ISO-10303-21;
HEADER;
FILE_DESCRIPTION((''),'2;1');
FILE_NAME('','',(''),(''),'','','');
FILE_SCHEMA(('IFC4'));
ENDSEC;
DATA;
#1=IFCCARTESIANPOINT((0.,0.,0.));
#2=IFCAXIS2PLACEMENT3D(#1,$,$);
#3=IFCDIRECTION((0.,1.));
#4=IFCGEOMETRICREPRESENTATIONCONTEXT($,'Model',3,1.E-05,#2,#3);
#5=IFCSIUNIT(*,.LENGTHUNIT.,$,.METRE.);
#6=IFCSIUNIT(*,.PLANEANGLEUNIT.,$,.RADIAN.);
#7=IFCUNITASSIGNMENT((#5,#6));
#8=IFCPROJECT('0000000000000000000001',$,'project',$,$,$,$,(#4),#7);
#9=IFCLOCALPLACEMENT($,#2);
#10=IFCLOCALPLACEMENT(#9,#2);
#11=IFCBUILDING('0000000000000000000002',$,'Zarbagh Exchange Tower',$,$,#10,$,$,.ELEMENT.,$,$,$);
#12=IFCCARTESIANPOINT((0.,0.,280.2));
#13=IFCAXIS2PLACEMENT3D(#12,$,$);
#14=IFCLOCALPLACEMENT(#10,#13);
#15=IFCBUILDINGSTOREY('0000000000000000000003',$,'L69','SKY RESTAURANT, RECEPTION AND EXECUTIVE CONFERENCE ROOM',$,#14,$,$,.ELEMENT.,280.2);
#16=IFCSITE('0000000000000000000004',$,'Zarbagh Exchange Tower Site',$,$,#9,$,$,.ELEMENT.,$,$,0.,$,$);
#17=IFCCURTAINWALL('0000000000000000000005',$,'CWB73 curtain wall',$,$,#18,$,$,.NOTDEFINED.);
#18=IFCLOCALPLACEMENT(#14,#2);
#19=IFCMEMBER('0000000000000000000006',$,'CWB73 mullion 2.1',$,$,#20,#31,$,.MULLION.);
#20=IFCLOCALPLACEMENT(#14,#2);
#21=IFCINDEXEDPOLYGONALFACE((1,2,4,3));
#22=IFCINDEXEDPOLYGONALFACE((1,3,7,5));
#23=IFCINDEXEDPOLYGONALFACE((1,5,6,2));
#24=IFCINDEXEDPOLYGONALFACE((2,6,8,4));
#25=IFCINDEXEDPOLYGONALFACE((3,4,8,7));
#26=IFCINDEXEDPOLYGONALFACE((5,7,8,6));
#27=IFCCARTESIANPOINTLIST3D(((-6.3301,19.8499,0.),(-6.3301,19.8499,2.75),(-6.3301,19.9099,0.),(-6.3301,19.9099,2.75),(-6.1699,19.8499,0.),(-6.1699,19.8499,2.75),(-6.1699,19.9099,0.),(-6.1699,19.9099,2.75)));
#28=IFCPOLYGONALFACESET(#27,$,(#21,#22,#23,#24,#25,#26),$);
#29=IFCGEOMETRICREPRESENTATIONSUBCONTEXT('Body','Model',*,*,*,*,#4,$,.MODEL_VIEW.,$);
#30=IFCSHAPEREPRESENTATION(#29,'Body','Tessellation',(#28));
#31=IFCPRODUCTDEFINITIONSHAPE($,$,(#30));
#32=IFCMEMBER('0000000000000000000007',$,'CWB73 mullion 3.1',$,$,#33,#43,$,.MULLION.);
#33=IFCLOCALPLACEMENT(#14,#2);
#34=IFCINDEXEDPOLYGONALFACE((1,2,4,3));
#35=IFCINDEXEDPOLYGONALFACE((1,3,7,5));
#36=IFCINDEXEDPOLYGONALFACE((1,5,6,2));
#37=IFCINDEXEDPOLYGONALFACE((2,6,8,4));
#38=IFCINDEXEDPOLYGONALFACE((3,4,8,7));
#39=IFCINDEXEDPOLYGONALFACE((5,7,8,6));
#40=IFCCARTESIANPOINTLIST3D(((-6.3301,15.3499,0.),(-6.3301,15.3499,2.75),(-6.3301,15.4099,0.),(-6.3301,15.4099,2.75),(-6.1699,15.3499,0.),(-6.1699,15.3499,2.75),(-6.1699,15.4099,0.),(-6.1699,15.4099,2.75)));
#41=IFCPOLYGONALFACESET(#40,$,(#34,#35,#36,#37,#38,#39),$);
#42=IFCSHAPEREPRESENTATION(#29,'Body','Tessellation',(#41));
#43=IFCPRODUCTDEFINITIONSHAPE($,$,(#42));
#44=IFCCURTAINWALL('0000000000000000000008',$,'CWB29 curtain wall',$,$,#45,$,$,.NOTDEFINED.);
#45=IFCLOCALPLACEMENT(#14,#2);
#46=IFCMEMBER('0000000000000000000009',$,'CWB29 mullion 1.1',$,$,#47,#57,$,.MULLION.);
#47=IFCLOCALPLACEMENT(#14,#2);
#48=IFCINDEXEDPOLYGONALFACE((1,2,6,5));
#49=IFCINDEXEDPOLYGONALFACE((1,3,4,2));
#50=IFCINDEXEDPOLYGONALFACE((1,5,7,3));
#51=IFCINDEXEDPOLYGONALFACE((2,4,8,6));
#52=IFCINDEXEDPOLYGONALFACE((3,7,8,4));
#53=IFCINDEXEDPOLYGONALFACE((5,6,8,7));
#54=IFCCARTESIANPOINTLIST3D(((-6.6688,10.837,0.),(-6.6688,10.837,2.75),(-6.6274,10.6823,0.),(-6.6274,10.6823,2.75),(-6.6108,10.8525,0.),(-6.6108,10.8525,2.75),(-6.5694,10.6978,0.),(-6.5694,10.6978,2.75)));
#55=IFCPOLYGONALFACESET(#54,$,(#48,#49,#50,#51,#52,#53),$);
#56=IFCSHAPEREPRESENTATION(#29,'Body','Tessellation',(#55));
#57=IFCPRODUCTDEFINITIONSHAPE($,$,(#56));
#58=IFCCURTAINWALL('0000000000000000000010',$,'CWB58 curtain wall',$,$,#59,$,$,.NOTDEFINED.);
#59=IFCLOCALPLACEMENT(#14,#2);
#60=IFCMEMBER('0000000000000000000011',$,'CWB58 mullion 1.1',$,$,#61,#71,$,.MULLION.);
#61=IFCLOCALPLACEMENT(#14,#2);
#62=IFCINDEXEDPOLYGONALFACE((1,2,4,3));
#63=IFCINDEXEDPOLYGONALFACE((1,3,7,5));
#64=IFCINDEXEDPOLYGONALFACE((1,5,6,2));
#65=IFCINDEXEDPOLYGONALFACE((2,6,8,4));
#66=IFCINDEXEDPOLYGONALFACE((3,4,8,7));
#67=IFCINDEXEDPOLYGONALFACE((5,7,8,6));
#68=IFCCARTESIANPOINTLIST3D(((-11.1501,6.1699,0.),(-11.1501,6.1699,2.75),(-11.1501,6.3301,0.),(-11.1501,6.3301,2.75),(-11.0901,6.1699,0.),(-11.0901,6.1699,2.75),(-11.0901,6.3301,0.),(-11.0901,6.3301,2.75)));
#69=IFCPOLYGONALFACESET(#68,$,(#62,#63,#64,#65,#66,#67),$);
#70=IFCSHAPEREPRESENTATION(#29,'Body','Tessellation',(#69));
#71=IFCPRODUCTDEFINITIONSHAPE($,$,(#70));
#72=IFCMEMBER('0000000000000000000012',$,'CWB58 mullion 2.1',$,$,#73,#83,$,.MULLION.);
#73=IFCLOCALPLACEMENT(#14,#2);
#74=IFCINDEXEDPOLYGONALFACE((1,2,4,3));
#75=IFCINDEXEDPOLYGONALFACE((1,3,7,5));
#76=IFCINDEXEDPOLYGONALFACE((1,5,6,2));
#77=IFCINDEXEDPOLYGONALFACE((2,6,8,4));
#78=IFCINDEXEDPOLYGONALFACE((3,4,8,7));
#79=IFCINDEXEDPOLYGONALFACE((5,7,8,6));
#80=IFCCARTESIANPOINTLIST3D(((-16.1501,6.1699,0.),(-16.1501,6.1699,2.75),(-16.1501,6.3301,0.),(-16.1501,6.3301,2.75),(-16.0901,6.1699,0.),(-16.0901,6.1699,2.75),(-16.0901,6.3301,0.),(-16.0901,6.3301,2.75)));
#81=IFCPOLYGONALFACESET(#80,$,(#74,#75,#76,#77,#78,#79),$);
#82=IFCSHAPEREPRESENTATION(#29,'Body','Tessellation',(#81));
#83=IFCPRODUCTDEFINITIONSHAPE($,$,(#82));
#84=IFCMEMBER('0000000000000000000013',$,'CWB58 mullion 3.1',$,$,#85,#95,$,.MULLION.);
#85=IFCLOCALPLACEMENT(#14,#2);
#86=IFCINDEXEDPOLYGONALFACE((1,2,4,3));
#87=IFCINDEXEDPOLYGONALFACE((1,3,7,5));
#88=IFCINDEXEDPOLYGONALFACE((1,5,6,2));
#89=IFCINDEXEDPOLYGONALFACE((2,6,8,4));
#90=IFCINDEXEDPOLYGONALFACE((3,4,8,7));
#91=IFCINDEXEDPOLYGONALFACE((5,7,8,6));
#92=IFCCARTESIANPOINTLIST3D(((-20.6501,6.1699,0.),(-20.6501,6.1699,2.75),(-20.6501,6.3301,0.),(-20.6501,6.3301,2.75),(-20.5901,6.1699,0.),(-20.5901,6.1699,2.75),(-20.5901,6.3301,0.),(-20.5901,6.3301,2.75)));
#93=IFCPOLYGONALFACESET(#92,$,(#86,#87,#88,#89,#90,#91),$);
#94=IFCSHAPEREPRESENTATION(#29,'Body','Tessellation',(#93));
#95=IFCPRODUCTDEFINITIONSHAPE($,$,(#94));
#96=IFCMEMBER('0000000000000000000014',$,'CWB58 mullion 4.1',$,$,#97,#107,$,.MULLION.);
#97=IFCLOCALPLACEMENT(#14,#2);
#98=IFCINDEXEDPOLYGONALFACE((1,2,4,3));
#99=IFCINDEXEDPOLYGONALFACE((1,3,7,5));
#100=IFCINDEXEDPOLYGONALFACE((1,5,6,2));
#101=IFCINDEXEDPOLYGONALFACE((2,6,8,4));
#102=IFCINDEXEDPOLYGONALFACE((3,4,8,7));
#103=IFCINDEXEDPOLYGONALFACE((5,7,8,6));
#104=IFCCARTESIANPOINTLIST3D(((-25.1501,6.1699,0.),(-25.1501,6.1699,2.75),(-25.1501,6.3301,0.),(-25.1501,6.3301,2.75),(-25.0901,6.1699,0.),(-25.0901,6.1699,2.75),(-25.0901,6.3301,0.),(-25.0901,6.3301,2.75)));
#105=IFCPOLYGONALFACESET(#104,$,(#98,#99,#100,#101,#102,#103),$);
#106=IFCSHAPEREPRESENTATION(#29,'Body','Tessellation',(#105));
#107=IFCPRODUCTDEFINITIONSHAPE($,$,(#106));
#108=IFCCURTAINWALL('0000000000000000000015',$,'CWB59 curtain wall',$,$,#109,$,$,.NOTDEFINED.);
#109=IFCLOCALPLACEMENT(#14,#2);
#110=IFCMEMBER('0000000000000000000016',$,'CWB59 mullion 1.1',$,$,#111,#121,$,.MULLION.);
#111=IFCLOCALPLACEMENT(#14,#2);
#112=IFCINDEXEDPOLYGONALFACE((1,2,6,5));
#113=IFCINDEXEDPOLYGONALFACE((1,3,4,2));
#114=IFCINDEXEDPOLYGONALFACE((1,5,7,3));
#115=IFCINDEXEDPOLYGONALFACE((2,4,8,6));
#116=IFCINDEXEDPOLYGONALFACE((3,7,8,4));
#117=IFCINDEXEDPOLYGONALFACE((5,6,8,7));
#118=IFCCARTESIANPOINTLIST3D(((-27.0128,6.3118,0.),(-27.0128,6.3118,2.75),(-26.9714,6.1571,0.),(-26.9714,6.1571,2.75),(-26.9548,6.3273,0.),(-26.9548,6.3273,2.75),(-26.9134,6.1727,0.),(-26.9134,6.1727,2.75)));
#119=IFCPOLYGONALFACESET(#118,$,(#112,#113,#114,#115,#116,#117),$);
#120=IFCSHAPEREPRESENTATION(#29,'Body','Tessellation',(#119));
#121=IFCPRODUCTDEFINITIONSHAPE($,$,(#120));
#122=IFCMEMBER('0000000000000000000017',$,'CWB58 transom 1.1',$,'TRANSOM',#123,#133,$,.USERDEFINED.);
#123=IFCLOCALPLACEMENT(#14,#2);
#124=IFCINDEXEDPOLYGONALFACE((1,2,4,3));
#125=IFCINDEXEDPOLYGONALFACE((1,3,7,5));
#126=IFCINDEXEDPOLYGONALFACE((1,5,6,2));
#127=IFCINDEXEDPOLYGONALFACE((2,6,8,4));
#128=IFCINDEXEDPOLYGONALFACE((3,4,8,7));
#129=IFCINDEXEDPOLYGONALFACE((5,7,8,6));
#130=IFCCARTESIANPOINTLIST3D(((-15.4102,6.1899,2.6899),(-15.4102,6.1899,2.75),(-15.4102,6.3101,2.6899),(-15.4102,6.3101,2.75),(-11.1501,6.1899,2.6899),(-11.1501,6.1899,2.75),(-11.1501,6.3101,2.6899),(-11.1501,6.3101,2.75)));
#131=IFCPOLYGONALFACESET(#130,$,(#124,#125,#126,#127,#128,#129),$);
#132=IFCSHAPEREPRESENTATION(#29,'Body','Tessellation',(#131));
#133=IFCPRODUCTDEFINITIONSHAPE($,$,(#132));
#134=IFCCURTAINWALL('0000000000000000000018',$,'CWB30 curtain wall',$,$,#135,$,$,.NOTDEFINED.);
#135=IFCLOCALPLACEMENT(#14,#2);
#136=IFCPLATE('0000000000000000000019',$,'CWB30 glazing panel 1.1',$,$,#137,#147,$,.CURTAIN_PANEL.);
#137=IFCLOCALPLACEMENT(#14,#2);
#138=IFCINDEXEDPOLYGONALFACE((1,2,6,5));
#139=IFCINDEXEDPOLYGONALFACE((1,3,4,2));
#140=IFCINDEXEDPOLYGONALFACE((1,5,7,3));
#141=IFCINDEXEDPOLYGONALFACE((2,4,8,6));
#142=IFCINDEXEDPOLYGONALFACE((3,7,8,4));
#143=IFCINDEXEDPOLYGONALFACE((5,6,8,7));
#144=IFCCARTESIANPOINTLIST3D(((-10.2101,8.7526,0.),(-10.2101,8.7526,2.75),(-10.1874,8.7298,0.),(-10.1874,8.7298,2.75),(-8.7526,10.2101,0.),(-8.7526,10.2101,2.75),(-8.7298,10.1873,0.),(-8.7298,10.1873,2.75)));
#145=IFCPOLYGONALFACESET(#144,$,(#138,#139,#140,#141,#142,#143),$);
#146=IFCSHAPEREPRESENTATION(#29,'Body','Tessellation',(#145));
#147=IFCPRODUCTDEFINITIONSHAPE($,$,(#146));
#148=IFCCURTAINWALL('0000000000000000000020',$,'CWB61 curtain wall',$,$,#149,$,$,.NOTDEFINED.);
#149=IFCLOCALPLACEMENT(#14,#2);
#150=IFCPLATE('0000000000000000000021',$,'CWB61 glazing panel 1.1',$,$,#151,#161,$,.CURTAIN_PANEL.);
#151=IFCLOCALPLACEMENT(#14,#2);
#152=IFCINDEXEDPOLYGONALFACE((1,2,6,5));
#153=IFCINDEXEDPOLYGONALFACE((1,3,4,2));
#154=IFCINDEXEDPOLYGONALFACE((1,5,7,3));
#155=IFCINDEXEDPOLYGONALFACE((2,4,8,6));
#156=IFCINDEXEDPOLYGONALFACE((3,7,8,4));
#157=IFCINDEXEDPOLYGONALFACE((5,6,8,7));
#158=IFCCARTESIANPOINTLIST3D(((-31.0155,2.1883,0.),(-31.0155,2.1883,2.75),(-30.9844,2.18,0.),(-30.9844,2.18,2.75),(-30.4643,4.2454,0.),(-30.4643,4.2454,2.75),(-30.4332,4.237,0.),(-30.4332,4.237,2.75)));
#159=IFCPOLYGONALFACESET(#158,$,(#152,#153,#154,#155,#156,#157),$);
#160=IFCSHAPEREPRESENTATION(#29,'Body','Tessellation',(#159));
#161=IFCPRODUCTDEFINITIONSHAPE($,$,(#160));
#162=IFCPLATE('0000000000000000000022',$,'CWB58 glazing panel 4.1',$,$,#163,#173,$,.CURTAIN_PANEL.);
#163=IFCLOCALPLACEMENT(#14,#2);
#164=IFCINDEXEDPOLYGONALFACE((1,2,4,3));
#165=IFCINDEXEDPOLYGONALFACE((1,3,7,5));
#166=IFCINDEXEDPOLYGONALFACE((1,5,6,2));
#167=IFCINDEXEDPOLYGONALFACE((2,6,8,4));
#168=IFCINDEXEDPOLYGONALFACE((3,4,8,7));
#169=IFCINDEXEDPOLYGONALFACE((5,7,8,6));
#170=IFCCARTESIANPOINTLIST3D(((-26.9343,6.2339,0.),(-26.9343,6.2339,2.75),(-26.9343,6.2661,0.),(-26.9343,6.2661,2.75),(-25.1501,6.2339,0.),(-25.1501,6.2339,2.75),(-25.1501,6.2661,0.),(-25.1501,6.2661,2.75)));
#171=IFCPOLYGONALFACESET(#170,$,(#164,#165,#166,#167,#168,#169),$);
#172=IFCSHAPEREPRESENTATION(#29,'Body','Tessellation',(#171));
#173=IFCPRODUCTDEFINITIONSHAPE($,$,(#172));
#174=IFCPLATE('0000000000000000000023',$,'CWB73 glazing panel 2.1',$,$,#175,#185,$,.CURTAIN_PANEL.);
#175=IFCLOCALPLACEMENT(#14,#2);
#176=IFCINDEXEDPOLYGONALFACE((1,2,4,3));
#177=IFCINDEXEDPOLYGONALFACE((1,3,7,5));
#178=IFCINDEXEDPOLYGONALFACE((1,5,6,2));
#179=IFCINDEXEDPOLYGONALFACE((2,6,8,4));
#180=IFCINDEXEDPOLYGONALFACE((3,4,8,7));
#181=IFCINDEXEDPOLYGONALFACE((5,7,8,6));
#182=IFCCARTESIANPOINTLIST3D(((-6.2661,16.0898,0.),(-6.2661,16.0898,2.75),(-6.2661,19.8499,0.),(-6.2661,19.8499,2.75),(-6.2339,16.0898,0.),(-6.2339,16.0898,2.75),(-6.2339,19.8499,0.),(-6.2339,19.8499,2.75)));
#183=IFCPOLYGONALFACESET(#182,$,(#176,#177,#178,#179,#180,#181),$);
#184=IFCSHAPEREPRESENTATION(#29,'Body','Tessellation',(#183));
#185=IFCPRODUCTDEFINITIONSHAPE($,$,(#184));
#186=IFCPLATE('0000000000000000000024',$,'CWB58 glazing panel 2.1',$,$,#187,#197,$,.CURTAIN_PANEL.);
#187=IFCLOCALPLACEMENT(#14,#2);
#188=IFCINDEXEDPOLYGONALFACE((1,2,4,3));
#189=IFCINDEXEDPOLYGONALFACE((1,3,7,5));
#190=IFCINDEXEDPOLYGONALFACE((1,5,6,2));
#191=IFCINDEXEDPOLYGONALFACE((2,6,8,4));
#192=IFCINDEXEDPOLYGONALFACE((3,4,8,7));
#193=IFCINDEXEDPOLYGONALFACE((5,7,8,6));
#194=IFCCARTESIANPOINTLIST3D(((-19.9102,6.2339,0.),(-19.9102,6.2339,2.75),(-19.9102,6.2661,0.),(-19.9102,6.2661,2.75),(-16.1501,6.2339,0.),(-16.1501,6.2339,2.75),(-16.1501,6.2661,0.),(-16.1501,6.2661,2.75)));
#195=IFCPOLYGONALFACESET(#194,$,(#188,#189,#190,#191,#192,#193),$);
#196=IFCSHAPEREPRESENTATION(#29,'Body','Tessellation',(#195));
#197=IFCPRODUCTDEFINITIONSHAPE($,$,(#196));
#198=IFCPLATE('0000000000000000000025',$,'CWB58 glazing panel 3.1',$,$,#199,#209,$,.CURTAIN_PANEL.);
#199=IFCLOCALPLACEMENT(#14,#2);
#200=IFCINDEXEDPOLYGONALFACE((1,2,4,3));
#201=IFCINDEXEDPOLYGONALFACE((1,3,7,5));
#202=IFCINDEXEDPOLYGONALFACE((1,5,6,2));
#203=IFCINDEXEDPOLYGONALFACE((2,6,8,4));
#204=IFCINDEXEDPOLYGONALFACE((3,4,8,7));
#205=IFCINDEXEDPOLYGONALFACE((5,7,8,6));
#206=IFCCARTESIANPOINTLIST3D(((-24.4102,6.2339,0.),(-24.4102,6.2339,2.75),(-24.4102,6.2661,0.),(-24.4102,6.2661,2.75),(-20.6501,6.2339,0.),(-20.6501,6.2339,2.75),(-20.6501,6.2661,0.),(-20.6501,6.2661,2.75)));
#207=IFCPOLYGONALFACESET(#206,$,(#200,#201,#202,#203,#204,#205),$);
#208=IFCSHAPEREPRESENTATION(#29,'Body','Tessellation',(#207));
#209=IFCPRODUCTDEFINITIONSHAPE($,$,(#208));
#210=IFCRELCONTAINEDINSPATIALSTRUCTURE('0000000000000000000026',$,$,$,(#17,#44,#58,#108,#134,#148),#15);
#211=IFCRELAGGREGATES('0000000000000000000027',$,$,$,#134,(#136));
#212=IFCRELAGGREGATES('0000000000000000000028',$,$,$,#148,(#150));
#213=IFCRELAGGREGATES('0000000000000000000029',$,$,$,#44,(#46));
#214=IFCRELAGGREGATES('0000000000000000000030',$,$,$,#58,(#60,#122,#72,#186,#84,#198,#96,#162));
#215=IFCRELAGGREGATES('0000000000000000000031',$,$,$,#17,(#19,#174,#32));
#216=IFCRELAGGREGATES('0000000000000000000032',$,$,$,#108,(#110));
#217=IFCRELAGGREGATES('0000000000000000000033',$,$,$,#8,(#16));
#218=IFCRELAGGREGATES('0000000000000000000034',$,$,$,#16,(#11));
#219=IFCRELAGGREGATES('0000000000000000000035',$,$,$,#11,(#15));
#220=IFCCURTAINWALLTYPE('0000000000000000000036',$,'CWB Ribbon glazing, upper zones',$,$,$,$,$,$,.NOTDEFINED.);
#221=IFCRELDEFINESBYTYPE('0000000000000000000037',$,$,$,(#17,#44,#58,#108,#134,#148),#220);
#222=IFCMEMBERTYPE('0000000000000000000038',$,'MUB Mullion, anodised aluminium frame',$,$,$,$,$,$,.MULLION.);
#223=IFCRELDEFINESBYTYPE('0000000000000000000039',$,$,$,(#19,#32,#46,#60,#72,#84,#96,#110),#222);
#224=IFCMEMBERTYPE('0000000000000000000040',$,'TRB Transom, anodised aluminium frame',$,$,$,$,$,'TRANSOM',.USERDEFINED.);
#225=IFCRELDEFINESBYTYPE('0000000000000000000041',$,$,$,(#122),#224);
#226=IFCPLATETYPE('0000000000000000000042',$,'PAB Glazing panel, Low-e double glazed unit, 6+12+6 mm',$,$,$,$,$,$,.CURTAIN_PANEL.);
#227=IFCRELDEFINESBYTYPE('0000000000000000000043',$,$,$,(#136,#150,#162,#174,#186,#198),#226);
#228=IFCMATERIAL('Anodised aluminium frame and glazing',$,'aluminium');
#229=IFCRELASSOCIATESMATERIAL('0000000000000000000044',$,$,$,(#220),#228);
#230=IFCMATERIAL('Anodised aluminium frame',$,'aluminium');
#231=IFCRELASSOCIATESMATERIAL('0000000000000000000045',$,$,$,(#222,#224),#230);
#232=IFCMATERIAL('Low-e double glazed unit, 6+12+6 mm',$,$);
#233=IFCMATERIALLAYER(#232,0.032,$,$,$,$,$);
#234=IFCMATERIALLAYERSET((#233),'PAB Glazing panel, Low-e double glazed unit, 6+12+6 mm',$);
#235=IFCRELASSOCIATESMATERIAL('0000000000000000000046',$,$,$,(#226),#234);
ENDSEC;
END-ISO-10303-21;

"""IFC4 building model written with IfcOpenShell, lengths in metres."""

from ifc_helpers import new_model, si_unit, direction, frame, origin, place, context, subcontext, project, spatial, polyline, outline, extrude, source, transform, mapped, material, layer, layer_set, type_object, element, aggregate, save


model = new_model("IFC4")

# Units and contexts
model_context = context("Model", 3, precision=1e-05, world=origin(), true_north=direction((0.0, 1.0)))
body_context = subcontext(model_context, "Body", "Model", "MODEL_VIEW")
ifc_project = project(units=[si_unit("LENGTHUNIT", "METRE"), si_unit("PLANEANGLEUNIT", "RADIAN")], contexts=[model_context])

# Site, building, storey
site_placement = place(None, origin())
site = spatial("IfcSite", under=ifc_project, at=site_placement, Name="Zarbagh Exchange Tower Site", CompositionType="ELEMENT", RefElevation=0.0)
building_placement = place(site_placement, origin())
building = spatial("IfcBuilding", under=site, at=building_placement, Name="Zarbagh Exchange Tower", CompositionType="ELEMENT")
storey_placement = place(building_placement, frame((0.0, 0.0, 280.2)))
storey = spatial("IfcBuildingStorey", under=building, at=storey_placement, Name="L69", Description="SKY RESTAURANT, RECEPTION AND EXECUTIVE CONFERENCE ROOM", CompositionType="ELEMENT", Elevation=280.2)

# Curtain wall, members
ifc_material_1 = material(Name="Anodised aluminium frame and glazing", Category="aluminium")
curtain_wall_type = type_object("IfcCurtainWallType", Name="CWB Ribbon glazing, upper zones", PredefinedType="NOTDEFINED", material=ifc_material_1)
curtain_wall_1_placement = place(storey_placement, origin())
curtain_wall_1 = element("IfcCurtainWall", 1, at=curtain_wall_1_placement, inside=storey, type_object=curtain_wall_type, Name="CWB73 curtain wall", PredefinedType="NOTDEFINED")
ifc_material_2 = material(Name="Anodised aluminium frame", Category="aluminium")
member_type_1 = type_object("IfcMemberType", Name="MUB Mullion, anodised aluminium frame", PredefinedType="MULLION", material=ifc_material_2)
shared_shape_1 = source(origin(), body_context, "Body", "SweptSolid", [
    extrude(outline(polyline([(0.0, -0.0801), (0.0601, -0.0801), (0.0601, 0.0801), (0.0, 0.0801), (0.0, -0.0801)])), origin(), (0.0, 0.0, 1.0), 2.75),
])
placement = place(storey_placement, origin())
member_1 = element("IfcMember", 2, at=placement, type_object=member_type_1, Name="CWB73 mullion 2.1", PredefinedType="MULLION", context=body_context, shape_type="MappedRepresentation", body=[
    mapped(shared_shape_1, transform((-6.25, 19.9099, 0.0), x_axis=(0.0, -1.0, 0.0), y_axis=(1.0, 0.0, 0.0), z_axis=(0.0, 0.0, 1.0))),
])
member_2 = element("IfcMember", 3, at=placement, type_object=member_type_1, Name="CWB73 mullion 3.1", PredefinedType="MULLION", context=body_context, shape_type="MappedRepresentation", body=[
    mapped(shared_shape_1, transform((-6.25, 15.4099, 0.0), x_axis=(0.0, -1.0, 0.0), y_axis=(1.0, 0.0, 0.0), z_axis=(0.0, 0.0, 1.0))),
])

# Curtain wall, member
curtain_wall_2_placement = place(storey_placement, origin())
curtain_wall_2 = element("IfcCurtainWall", 4, at=curtain_wall_2_placement, inside=storey, type_object=curtain_wall_type, Name="CWB29 curtain wall", PredefinedType="NOTDEFINED")
member_3 = element("IfcMember", 5, at=placement, type_object=member_type_1, Name="CWB29 mullion 1.1", PredefinedType="MULLION", context=body_context, shape_type="MappedRepresentation", body=[
    mapped(shared_shape_1, transform((-6.5901, 10.7751, 0.0), x_axis=(-0.965924, -0.258825, 0.0), y_axis=(0.258825, -0.965924, 0.0), z_axis=(0.0, 0.0, 1.0))),
])

# Curtain wall, members
curtain_wall_3_placement = place(storey_placement, origin())
curtain_wall_3 = element("IfcCurtainWall", 6, at=curtain_wall_3_placement, inside=storey, type_object=curtain_wall_type, Name="CWB58 curtain wall", PredefinedType="NOTDEFINED")
member_4 = element("IfcMember", 7, at=placement, type_object=member_type_1, Name="CWB58 mullion 1.1", PredefinedType="MULLION", context=body_context, shape_type="MappedRepresentation", body=[
    mapped(shared_shape_1, transform((-11.0901, 6.25, 0.0), x_axis=(-1.0, 0.0, 0.0), y_axis=(0.0, -1.0, 0.0), z_axis=(0.0, 0.0, 1.0))),
])
member_5 = element("IfcMember", 8, at=placement, type_object=member_type_1, Name="CWB58 mullion 2.1", PredefinedType="MULLION", context=body_context, shape_type="MappedRepresentation", body=[
    mapped(shared_shape_1, transform((-16.0901, 6.25, 0.0), x_axis=(-1.0, 0.0, 0.0), y_axis=(0.0, -1.0, 0.0), z_axis=(0.0, 0.0, 1.0))),
])
member_6 = element("IfcMember", 9, at=placement, type_object=member_type_1, Name="CWB58 mullion 3.1", PredefinedType="MULLION", context=body_context, shape_type="MappedRepresentation", body=[
    mapped(shared_shape_1, transform((-20.5901, 6.25, 0.0), x_axis=(-1.0, 0.0, 0.0), y_axis=(0.0, -1.0, 0.0), z_axis=(0.0, 0.0, 1.0))),
])
member_7 = element("IfcMember", 10, at=placement, type_object=member_type_1, Name="CWB58 mullion 4.1", PredefinedType="MULLION", context=body_context, shape_type="MappedRepresentation", body=[
    mapped(shared_shape_1, transform((-25.0901, 6.25, 0.0), x_axis=(-1.0, 0.0, 0.0), y_axis=(0.0, -1.0, 0.0), z_axis=(0.0, 0.0, 1.0))),
])

# Curtain wall, member
curtain_wall_4_placement = place(storey_placement, origin())
curtain_wall_4 = element("IfcCurtainWall", 11, at=curtain_wall_4_placement, inside=storey, type_object=curtain_wall_type, Name="CWB59 curtain wall", PredefinedType="NOTDEFINED")
member_8 = element("IfcMember", 12, at=placement, type_object=member_type_1, Name="CWB59 mullion 1.1", PredefinedType="MULLION", context=body_context, shape_type="MappedRepresentation", body=[
    mapped(shared_shape_1, transform((-26.9341, 6.25, 0.0), x_axis=(-0.965924, -0.258825, 0.0), y_axis=(0.258825, -0.965924, 0.0), z_axis=(0.0, 0.0, 1.0))),
])

# Member
member_type_2 = type_object("IfcMemberType", Name="TRB Transom, anodised aluminium frame", ElementType="TRANSOM", PredefinedType="USERDEFINED", material=ifc_material_2)
shared_shape_2 = source(origin(), body_context, "Body", "SweptSolid", [
    extrude(outline(polyline([(-0.0601, -0.0601), (0.0, -0.0601), (0.0, 0.0601), (-0.0601, 0.0601), (-0.0601, -0.0601)])), origin(), (0.0, 0.0, 1.0), 4.26),
])
member_9 = element("IfcMember", 13, at=placement, type_object=member_type_2, Name="CWB58 transom 1.1", ObjectType="TRANSOM", PredefinedType="USERDEFINED", context=body_context, shape_type="MappedRepresentation", body=[
    mapped(shared_shape_2, transform((-11.1501, 6.25, 2.75), x_axis=(0.0, 0.0, 1.0), y_axis=(0.0, 1.0, 0.0), z_axis=(-1.0, 0.0, 0.0))),
])

# Curtain walls, plates
curtain_wall_5_placement = place(storey_placement, origin())
curtain_wall_5 = element("IfcCurtainWall", 14, at=curtain_wall_5_placement, inside=storey, type_object=curtain_wall_type, Name="CWB30 curtain wall", PredefinedType="NOTDEFINED")
ifc_material_3 = material(Name="Low-e double glazed unit, 6+12+6 mm")
ifc_layer = layer(ifc_material_3, 0.032)
ifc_layer_set = layer_set([ifc_layer], Name="PAB Glazing panel, Low-e double glazed unit, 6+12+6 mm")
plate_type = type_object("IfcPlateType", Name="PAB Glazing panel, Low-e double glazed unit, 6+12+6 mm", PredefinedType="CURTAIN_PANEL", material=ifc_layer_set)
shared_shape_3 = source(origin(), body_context, "Body", "SweptSolid", [
    extrude(outline(polyline([(0.0, -0.0161), (2.0613, -0.0161), (2.0613, 0.0161), (0.0, 0.0161), (0.0, -0.0161)])), origin(), (0.0, 0.0, 1.0), 2.75),
])
plate_1 = element("IfcPlate", 15, at=placement, type_object=plate_type, Name="CWB30 glazing panel 1.1", PredefinedType="CURTAIN_PANEL", context=body_context, shape_type="MappedRepresentation", body=[
    mapped(shared_shape_3, transform((-8.7412, 10.1987, 0.0), x_axis=(-0.707107, -0.707107, 0.0), y_axis=(0.707107, -0.707107, 0.0), z_axis=(0.0, 0.0, 1.0))),
])
aggregate(curtain_wall_5, [plate_1])
curtain_wall_6_placement = place(storey_placement, origin())
curtain_wall_6 = element("IfcCurtainWall", 16, at=curtain_wall_6_placement, inside=storey, type_object=curtain_wall_type, Name="CWB61 curtain wall", PredefinedType="NOTDEFINED")
shared_shape_4 = source(origin(), body_context, "Body", "SweptSolid", [
    extrude(outline(polyline([(0.0, -0.0161), (2.1296, -0.0161), (2.1296, 0.0161), (0.0, 0.0161), (0.0, -0.0161)])), origin(), (0.0, 0.0, 1.0), 2.75),
])
plate_2 = element("IfcPlate", 17, at=placement, type_object=plate_type, Name="CWB61 glazing panel 1.1", PredefinedType="CURTAIN_PANEL", context=body_context, shape_type="MappedRepresentation", body=[
    mapped(shared_shape_4, transform((-30.4487, 4.2412, 0.0), x_axis=(-0.258825, -0.965924, 0.0), y_axis=(0.965924, -0.258825, 0.0), z_axis=(0.0, 0.0, 1.0))),
])
aggregate(curtain_wall_6, [plate_2])

# Plates
shared_shape_5 = source(origin(), body_context, "Body", "SweptSolid", [
    extrude(outline(polyline([(0.0, -0.0161), (1.7842, -0.0161), (1.7842, 0.0161), (0.0, 0.0161), (0.0, -0.0161)])), origin(), (0.0, 0.0, 1.0), 2.75),
])
plate_3 = element("IfcPlate", 18, at=placement, type_object=plate_type, Name="CWB58 glazing panel 4.1", PredefinedType="CURTAIN_PANEL", context=body_context, shape_type="MappedRepresentation", body=[
    mapped(shared_shape_5, transform((-25.1501, 6.25, 0.0), x_axis=(-1.0, 0.0, 0.0), y_axis=(0.0, -1.0, 0.0), z_axis=(0.0, 0.0, 1.0))),
])
shared_shape_6 = source(origin(), body_context, "Body", "SweptSolid", [
    extrude(outline(polyline([(0.0, -0.0161), (3.76, -0.0161), (3.76, 0.0161), (0.0, 0.0161), (0.0, -0.0161)])), origin(), (0.0, 0.0, 1.0), 2.75),
])
plate_4 = element("IfcPlate", 19, at=placement, type_object=plate_type, Name="CWB73 glazing panel 2.1", PredefinedType="CURTAIN_PANEL", context=body_context, shape_type="MappedRepresentation", body=[
    mapped(shared_shape_6, transform((-6.25, 19.8499, 0.0), x_axis=(0.0, -1.0, 0.0), y_axis=(1.0, 0.0, 0.0), z_axis=(0.0, 0.0, 1.0))),
])
plate_5 = element("IfcPlate", 20, at=placement, type_object=plate_type, Name="CWB58 glazing panel 2.1", PredefinedType="CURTAIN_PANEL", context=body_context, shape_type="MappedRepresentation", body=[
    mapped(shared_shape_6, transform((-16.1501, 6.25, 0.0), x_axis=(-1.0, 0.0, 0.0), y_axis=(0.0, -1.0, 0.0), z_axis=(0.0, 0.0, 1.0))),
])
plate_6 = element("IfcPlate", 21, at=placement, type_object=plate_type, Name="CWB58 glazing panel 3.1", PredefinedType="CURTAIN_PANEL", context=body_context, shape_type="MappedRepresentation", body=[
    mapped(shared_shape_6, transform((-20.6501, 6.25, 0.0), x_axis=(-1.0, 0.0, 0.0), y_axis=(0.0, -1.0, 0.0), z_axis=(0.0, 0.0, 1.0))),
])
aggregate(curtain_wall_2, [member_3])

aggregate(curtain_wall_3, [member_4, member_9, member_5, plate_5, member_6, plate_6, member_7, plate_3])
aggregate(curtain_wall_1, [member_1, plate_4, member_2])
aggregate(curtain_wall_4, [member_8])

save(model, "model.ifc")
